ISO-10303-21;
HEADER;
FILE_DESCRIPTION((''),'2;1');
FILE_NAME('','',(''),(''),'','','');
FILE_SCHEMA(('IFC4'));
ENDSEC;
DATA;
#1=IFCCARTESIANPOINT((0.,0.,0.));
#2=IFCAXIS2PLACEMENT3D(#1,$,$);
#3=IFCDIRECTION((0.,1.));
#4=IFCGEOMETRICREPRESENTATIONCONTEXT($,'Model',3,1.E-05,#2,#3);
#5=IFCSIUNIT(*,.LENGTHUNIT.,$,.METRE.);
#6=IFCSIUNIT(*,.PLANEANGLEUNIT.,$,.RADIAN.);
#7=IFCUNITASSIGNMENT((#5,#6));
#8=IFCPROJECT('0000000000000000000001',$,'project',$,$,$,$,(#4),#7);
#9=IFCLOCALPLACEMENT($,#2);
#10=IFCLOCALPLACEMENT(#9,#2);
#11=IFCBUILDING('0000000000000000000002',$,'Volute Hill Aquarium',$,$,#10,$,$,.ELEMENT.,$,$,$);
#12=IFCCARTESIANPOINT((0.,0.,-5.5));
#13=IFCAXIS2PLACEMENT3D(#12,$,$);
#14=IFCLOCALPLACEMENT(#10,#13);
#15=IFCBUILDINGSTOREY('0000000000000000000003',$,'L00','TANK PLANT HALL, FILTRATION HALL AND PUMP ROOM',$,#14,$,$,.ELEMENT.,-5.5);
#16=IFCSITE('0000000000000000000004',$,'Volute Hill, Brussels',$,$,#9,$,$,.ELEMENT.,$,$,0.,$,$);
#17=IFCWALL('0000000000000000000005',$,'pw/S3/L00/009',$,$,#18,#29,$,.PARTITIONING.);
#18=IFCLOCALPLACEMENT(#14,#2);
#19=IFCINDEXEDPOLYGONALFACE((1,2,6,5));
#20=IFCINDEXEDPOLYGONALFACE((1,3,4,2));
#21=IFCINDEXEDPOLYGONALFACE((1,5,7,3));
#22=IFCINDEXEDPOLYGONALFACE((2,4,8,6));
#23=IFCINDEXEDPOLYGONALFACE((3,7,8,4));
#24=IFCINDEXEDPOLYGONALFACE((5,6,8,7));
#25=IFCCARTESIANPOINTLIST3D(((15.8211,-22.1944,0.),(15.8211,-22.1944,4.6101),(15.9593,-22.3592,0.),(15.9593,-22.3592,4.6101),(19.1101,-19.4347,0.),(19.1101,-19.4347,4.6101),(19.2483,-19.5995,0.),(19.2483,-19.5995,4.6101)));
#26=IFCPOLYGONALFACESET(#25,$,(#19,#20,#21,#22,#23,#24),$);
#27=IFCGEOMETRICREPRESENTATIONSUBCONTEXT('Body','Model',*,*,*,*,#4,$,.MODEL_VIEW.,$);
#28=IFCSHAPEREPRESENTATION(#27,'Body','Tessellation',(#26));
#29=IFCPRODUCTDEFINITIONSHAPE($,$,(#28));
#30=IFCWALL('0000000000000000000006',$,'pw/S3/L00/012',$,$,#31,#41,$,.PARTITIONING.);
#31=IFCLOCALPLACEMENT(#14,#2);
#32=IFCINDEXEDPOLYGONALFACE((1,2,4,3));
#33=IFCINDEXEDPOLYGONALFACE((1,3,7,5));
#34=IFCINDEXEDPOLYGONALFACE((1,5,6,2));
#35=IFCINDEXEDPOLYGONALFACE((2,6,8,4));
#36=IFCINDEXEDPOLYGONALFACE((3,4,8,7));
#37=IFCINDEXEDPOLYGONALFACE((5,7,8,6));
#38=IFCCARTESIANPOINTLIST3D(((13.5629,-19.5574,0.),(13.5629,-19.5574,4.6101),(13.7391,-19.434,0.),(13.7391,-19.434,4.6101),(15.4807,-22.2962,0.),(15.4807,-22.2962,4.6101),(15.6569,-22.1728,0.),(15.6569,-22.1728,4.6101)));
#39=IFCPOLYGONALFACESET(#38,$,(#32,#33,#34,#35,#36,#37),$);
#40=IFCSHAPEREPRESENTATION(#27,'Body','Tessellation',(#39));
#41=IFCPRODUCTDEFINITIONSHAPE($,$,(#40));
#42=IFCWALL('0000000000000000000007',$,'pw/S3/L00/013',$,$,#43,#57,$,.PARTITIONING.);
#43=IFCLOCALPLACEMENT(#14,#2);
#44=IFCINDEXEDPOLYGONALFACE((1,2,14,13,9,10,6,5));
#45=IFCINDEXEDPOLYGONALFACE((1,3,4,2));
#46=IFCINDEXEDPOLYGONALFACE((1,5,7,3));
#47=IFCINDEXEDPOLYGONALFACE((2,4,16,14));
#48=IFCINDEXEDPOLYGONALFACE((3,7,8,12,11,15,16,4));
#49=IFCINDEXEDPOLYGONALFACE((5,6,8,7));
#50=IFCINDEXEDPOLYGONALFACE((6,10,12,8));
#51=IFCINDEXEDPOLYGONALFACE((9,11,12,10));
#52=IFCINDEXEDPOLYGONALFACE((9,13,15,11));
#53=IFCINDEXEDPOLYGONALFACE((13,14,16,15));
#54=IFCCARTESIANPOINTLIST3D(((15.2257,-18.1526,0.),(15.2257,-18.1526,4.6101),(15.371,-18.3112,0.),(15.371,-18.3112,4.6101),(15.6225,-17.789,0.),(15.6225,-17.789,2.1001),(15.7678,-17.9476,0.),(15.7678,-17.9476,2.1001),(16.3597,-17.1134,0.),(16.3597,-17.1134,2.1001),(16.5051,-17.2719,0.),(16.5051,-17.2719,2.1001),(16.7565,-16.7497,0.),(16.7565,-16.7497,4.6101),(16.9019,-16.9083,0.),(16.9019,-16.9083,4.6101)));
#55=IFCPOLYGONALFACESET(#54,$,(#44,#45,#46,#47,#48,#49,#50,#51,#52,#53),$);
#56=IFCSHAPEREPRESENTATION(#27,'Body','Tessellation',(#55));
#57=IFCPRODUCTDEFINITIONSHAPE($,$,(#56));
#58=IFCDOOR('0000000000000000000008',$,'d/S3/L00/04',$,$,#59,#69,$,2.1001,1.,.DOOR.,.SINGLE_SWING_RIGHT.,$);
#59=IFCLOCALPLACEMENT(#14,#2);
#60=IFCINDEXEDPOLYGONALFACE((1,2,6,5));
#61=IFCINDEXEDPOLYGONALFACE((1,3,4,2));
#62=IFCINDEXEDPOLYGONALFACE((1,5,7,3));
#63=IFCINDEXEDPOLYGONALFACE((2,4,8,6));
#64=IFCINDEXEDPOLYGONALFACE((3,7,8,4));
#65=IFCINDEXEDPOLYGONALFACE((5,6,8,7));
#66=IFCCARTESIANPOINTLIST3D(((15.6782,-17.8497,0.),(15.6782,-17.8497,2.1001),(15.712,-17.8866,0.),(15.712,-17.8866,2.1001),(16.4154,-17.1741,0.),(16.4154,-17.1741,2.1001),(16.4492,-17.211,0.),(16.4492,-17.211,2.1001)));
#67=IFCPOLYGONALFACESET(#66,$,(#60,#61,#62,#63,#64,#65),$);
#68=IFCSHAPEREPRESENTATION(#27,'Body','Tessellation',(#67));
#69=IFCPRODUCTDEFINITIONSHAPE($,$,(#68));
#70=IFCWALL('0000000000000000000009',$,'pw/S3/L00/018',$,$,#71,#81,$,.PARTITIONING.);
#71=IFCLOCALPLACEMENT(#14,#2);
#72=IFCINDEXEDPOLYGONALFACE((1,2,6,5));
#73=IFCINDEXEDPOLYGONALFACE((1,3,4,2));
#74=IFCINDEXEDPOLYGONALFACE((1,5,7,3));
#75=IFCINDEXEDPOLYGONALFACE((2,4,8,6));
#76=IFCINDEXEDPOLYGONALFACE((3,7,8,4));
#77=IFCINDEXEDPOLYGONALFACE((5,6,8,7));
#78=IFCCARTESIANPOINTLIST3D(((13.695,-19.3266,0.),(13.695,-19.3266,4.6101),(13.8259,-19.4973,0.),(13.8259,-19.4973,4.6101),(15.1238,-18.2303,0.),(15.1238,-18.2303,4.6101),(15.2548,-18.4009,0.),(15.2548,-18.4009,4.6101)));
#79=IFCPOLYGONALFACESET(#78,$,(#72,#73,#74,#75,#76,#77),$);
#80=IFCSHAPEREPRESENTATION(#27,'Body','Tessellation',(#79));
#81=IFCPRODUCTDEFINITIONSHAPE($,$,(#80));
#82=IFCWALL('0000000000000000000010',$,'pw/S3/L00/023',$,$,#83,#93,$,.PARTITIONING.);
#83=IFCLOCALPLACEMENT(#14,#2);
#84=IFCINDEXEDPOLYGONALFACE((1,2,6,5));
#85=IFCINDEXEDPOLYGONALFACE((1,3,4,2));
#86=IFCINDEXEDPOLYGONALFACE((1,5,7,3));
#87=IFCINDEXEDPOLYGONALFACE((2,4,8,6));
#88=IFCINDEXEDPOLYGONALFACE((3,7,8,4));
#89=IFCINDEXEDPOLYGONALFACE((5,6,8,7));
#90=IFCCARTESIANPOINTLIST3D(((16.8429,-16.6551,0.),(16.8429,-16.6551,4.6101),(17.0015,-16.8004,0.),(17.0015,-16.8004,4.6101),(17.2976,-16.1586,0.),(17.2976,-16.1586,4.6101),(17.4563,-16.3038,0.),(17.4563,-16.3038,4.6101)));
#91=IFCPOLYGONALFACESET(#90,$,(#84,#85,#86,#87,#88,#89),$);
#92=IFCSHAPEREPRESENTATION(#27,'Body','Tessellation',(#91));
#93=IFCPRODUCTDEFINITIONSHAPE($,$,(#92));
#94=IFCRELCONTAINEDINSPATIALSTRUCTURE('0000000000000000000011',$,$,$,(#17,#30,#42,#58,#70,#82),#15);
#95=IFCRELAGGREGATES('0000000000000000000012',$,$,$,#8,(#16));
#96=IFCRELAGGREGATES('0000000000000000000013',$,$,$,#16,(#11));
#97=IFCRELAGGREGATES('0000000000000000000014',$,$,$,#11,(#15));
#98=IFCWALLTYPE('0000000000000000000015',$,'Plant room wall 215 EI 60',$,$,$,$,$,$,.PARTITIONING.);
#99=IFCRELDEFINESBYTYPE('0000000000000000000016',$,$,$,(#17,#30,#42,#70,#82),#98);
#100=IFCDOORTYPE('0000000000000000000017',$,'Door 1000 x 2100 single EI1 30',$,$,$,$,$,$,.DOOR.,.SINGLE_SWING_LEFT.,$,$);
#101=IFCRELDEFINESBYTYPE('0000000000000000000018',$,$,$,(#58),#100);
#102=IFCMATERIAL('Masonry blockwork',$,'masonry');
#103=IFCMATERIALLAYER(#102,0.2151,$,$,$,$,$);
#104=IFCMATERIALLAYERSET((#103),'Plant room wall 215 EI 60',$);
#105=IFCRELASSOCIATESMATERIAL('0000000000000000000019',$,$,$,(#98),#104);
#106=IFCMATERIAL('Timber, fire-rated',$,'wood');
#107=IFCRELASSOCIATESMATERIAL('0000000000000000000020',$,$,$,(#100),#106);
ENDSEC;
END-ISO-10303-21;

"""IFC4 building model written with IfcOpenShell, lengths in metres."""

from ifc_helpers import new_model, si_unit, direction, frame, frame_2d, origin, place, context, subcontext, project, spatial, rectangle, extrude, material, layer, layer_set, type_object, element, fill, save


model = new_model("IFC4")

# Units and contexts
model_context = context("Model", 3, precision=1e-05, world=origin(), true_north=direction((0.0, 1.0)))
body_context = subcontext(model_context, "Body", "Model", "MODEL_VIEW")
ifc_project = project(units=[si_unit("LENGTHUNIT", "METRE"), si_unit("PLANEANGLEUNIT", "RADIAN")], contexts=[model_context])

# Site, building, storey
site_placement = place(None, origin())
site = spatial("IfcSite", under=ifc_project, at=site_placement, Name="Volute Hill, Brussels", CompositionType="ELEMENT", RefElevation=0.0)
building_placement = place(site_placement, origin())
building = spatial("IfcBuilding", under=site, at=building_placement, Name="Volute Hill Aquarium", CompositionType="ELEMENT")
storey_placement = place(building_placement, frame((0.0, 0.0, -5.5)))
storey = spatial("IfcBuildingStorey", under=building, at=storey_placement, Name="L00", Description="TANK PLANT HALL, FILTRATION HALL AND PUMP ROOM", CompositionType="ELEMENT", Elevation=-5.5)

# Walls
ifc_material_1 = material(Name="Masonry blockwork", Category="masonry")
ifc_layer_1 = layer(ifc_material_1, 0.2151)
ifc_layer_set_1 = layer_set([ifc_layer_1], Name="Plant room wall 215 EI 60")
wall_type_1 = type_object("IfcWallType", Name="Plant room wall 215 EI 60", PredefinedType="PARTITIONING", material=ifc_layer_set_1)
wall_1_placement = place(storey_placement, frame((19.1792, -19.5171, 0.0), z_axis=(0.0, 0.0, 1.0), x_axis=(-0.766054, -0.642776, 0.0)))
element("IfcWall", 1, at=wall_1_placement, inside=storey, type_object=wall_type_1, Name="pw/S3/L00/009", PredefinedType="PARTITIONING", context=body_context, shape_type="SweptSolid", body=[
    extrude(rectangle(XDim=4.2935, YDim=0.2151, at=frame_2d((2.1467, 0.0))), origin(), (0.0, 0.0, 1.0), 4.6101),
])
wall_2_placement = place(storey_placement, frame((15.5688, -22.2346, 0.0), z_axis=(0.0, 0.0, 1.0), x_axis=(-0.57358, 0.81915, 0.0)))
element("IfcWall", 2, at=wall_2_placement, inside=storey, type_object=wall_type_1, Name="pw/S3/L00/012", PredefinedType="PARTITIONING", context=body_context, shape_type="SweptSolid", body=[
    extrude(rectangle(XDim=3.3435, YDim=0.2151, at=frame_2d((1.6719, 0.0))), origin(), (0.0, 0.0, 1.0), 4.6101),
])

# Wall, opening, door
wall_3_placement = place(storey_placement, frame((16.8291, -16.8291, 0.0), z_axis=(0.0, 0.0, 1.0), x_axis=(-0.737242, -0.675629, 0.0)))
wall_3 = element("IfcWall", 3, at=wall_3_placement, inside=storey, type_object=wall_type_1, Name="pw/S3/L00/013", PredefinedType="PARTITIONING", context=body_context, shape_type="SweptSolid", body=[
    extrude(rectangle(XDim=2.0764, YDim=0.2151, at=frame_2d((1.0381, 0.0))), origin(), (0.0, 0.0, 1.0), 4.6101),
])
opening_1_placement = place(wall_3_placement, frame((0.5381, 0.0, 0.0)))
opening_1 = element("IfcOpeningElement", 4, at=opening_1_placement, cuts=wall_3, PredefinedType="OPENING", context=body_context, shape_type="SweptSolid", body=[
    extrude(rectangle(XDim=1.0, YDim=2.1001, at=frame_2d((0.5, 1.05))), frame((0.0, 0.1174, 0.0), z_axis=(0.0, -1.0, 0.0), x_axis=(1.0, 0.0, 0.0)), (0.0, 0.0, 1.0), 0.2351),
])
ifc_material_2 = material(Name="Timber, fire-rated", Category="wood")
door_type_1 = type_object("IfcDoorType", Name="Door 1000 x 2100 single EI1 30", OperationType="SINGLE_SWING_LEFT", PredefinedType="DOOR", material=ifc_material_2)
door_1_placement = place(opening_1_placement, origin())
door_1 = element("IfcDoor", 5, at=door_1_placement, inside=storey, type_object=door_type_1, Name="d/S3/L00/04", OperationType="SINGLE_SWING_RIGHT", OverallHeight=2.1001, OverallWidth=1.0, PredefinedType="DOOR", context=body_context, shape_type="SweptSolid", body=[
    extrude(rectangle(XDim=1.0, YDim=2.1001, at=frame_2d((0.5, 1.05))), frame((0.0, 0.0249, 0.0), z_axis=(0.0, -1.0, 0.0), x_axis=(1.0, 0.0, 0.0)), (0.0, 0.0, 1.0), 0.05),
])
fill(opening_1, door_1)

# Walls
wall_4_placement = place(storey_placement, frame((15.1892, -18.3157, 0.0), z_axis=(0.0, 0.0, 1.0), x_axis=(-0.793364, -0.608747, 0.0)))
element("IfcWall", 6, at=wall_4_placement, inside=storey, type_object=wall_type_1, Name="pw/S3/L00/018", PredefinedType="PARTITIONING", context=body_context, shape_type="SweptSolid", body=[
    extrude(rectangle(XDim=1.801, YDim=0.2151, at=frame_2d((0.9004, 0.0))), origin(), (0.0, 0.0, 1.0), 4.6101),
])
wall_5_placement = place(storey_placement, frame((17.377, -16.2312, 0.0), z_axis=(0.0, 0.0, 1.0), x_axis=(-0.675429, -0.737425, 0.0)))
element("IfcWall", 7, at=wall_5_placement, inside=storey, type_object=wall_type_1, Name="pw/S3/L00/023", PredefinedType="PARTITIONING", context=body_context, shape_type="SweptSolid", body=[
    extrude(rectangle(XDim=0.6733, YDim=0.2151, at=frame_2d((0.3367, 0.0))), origin(), (0.0, 0.0, 1.0), 4.6101),
])

save(model, "model.ifc")
